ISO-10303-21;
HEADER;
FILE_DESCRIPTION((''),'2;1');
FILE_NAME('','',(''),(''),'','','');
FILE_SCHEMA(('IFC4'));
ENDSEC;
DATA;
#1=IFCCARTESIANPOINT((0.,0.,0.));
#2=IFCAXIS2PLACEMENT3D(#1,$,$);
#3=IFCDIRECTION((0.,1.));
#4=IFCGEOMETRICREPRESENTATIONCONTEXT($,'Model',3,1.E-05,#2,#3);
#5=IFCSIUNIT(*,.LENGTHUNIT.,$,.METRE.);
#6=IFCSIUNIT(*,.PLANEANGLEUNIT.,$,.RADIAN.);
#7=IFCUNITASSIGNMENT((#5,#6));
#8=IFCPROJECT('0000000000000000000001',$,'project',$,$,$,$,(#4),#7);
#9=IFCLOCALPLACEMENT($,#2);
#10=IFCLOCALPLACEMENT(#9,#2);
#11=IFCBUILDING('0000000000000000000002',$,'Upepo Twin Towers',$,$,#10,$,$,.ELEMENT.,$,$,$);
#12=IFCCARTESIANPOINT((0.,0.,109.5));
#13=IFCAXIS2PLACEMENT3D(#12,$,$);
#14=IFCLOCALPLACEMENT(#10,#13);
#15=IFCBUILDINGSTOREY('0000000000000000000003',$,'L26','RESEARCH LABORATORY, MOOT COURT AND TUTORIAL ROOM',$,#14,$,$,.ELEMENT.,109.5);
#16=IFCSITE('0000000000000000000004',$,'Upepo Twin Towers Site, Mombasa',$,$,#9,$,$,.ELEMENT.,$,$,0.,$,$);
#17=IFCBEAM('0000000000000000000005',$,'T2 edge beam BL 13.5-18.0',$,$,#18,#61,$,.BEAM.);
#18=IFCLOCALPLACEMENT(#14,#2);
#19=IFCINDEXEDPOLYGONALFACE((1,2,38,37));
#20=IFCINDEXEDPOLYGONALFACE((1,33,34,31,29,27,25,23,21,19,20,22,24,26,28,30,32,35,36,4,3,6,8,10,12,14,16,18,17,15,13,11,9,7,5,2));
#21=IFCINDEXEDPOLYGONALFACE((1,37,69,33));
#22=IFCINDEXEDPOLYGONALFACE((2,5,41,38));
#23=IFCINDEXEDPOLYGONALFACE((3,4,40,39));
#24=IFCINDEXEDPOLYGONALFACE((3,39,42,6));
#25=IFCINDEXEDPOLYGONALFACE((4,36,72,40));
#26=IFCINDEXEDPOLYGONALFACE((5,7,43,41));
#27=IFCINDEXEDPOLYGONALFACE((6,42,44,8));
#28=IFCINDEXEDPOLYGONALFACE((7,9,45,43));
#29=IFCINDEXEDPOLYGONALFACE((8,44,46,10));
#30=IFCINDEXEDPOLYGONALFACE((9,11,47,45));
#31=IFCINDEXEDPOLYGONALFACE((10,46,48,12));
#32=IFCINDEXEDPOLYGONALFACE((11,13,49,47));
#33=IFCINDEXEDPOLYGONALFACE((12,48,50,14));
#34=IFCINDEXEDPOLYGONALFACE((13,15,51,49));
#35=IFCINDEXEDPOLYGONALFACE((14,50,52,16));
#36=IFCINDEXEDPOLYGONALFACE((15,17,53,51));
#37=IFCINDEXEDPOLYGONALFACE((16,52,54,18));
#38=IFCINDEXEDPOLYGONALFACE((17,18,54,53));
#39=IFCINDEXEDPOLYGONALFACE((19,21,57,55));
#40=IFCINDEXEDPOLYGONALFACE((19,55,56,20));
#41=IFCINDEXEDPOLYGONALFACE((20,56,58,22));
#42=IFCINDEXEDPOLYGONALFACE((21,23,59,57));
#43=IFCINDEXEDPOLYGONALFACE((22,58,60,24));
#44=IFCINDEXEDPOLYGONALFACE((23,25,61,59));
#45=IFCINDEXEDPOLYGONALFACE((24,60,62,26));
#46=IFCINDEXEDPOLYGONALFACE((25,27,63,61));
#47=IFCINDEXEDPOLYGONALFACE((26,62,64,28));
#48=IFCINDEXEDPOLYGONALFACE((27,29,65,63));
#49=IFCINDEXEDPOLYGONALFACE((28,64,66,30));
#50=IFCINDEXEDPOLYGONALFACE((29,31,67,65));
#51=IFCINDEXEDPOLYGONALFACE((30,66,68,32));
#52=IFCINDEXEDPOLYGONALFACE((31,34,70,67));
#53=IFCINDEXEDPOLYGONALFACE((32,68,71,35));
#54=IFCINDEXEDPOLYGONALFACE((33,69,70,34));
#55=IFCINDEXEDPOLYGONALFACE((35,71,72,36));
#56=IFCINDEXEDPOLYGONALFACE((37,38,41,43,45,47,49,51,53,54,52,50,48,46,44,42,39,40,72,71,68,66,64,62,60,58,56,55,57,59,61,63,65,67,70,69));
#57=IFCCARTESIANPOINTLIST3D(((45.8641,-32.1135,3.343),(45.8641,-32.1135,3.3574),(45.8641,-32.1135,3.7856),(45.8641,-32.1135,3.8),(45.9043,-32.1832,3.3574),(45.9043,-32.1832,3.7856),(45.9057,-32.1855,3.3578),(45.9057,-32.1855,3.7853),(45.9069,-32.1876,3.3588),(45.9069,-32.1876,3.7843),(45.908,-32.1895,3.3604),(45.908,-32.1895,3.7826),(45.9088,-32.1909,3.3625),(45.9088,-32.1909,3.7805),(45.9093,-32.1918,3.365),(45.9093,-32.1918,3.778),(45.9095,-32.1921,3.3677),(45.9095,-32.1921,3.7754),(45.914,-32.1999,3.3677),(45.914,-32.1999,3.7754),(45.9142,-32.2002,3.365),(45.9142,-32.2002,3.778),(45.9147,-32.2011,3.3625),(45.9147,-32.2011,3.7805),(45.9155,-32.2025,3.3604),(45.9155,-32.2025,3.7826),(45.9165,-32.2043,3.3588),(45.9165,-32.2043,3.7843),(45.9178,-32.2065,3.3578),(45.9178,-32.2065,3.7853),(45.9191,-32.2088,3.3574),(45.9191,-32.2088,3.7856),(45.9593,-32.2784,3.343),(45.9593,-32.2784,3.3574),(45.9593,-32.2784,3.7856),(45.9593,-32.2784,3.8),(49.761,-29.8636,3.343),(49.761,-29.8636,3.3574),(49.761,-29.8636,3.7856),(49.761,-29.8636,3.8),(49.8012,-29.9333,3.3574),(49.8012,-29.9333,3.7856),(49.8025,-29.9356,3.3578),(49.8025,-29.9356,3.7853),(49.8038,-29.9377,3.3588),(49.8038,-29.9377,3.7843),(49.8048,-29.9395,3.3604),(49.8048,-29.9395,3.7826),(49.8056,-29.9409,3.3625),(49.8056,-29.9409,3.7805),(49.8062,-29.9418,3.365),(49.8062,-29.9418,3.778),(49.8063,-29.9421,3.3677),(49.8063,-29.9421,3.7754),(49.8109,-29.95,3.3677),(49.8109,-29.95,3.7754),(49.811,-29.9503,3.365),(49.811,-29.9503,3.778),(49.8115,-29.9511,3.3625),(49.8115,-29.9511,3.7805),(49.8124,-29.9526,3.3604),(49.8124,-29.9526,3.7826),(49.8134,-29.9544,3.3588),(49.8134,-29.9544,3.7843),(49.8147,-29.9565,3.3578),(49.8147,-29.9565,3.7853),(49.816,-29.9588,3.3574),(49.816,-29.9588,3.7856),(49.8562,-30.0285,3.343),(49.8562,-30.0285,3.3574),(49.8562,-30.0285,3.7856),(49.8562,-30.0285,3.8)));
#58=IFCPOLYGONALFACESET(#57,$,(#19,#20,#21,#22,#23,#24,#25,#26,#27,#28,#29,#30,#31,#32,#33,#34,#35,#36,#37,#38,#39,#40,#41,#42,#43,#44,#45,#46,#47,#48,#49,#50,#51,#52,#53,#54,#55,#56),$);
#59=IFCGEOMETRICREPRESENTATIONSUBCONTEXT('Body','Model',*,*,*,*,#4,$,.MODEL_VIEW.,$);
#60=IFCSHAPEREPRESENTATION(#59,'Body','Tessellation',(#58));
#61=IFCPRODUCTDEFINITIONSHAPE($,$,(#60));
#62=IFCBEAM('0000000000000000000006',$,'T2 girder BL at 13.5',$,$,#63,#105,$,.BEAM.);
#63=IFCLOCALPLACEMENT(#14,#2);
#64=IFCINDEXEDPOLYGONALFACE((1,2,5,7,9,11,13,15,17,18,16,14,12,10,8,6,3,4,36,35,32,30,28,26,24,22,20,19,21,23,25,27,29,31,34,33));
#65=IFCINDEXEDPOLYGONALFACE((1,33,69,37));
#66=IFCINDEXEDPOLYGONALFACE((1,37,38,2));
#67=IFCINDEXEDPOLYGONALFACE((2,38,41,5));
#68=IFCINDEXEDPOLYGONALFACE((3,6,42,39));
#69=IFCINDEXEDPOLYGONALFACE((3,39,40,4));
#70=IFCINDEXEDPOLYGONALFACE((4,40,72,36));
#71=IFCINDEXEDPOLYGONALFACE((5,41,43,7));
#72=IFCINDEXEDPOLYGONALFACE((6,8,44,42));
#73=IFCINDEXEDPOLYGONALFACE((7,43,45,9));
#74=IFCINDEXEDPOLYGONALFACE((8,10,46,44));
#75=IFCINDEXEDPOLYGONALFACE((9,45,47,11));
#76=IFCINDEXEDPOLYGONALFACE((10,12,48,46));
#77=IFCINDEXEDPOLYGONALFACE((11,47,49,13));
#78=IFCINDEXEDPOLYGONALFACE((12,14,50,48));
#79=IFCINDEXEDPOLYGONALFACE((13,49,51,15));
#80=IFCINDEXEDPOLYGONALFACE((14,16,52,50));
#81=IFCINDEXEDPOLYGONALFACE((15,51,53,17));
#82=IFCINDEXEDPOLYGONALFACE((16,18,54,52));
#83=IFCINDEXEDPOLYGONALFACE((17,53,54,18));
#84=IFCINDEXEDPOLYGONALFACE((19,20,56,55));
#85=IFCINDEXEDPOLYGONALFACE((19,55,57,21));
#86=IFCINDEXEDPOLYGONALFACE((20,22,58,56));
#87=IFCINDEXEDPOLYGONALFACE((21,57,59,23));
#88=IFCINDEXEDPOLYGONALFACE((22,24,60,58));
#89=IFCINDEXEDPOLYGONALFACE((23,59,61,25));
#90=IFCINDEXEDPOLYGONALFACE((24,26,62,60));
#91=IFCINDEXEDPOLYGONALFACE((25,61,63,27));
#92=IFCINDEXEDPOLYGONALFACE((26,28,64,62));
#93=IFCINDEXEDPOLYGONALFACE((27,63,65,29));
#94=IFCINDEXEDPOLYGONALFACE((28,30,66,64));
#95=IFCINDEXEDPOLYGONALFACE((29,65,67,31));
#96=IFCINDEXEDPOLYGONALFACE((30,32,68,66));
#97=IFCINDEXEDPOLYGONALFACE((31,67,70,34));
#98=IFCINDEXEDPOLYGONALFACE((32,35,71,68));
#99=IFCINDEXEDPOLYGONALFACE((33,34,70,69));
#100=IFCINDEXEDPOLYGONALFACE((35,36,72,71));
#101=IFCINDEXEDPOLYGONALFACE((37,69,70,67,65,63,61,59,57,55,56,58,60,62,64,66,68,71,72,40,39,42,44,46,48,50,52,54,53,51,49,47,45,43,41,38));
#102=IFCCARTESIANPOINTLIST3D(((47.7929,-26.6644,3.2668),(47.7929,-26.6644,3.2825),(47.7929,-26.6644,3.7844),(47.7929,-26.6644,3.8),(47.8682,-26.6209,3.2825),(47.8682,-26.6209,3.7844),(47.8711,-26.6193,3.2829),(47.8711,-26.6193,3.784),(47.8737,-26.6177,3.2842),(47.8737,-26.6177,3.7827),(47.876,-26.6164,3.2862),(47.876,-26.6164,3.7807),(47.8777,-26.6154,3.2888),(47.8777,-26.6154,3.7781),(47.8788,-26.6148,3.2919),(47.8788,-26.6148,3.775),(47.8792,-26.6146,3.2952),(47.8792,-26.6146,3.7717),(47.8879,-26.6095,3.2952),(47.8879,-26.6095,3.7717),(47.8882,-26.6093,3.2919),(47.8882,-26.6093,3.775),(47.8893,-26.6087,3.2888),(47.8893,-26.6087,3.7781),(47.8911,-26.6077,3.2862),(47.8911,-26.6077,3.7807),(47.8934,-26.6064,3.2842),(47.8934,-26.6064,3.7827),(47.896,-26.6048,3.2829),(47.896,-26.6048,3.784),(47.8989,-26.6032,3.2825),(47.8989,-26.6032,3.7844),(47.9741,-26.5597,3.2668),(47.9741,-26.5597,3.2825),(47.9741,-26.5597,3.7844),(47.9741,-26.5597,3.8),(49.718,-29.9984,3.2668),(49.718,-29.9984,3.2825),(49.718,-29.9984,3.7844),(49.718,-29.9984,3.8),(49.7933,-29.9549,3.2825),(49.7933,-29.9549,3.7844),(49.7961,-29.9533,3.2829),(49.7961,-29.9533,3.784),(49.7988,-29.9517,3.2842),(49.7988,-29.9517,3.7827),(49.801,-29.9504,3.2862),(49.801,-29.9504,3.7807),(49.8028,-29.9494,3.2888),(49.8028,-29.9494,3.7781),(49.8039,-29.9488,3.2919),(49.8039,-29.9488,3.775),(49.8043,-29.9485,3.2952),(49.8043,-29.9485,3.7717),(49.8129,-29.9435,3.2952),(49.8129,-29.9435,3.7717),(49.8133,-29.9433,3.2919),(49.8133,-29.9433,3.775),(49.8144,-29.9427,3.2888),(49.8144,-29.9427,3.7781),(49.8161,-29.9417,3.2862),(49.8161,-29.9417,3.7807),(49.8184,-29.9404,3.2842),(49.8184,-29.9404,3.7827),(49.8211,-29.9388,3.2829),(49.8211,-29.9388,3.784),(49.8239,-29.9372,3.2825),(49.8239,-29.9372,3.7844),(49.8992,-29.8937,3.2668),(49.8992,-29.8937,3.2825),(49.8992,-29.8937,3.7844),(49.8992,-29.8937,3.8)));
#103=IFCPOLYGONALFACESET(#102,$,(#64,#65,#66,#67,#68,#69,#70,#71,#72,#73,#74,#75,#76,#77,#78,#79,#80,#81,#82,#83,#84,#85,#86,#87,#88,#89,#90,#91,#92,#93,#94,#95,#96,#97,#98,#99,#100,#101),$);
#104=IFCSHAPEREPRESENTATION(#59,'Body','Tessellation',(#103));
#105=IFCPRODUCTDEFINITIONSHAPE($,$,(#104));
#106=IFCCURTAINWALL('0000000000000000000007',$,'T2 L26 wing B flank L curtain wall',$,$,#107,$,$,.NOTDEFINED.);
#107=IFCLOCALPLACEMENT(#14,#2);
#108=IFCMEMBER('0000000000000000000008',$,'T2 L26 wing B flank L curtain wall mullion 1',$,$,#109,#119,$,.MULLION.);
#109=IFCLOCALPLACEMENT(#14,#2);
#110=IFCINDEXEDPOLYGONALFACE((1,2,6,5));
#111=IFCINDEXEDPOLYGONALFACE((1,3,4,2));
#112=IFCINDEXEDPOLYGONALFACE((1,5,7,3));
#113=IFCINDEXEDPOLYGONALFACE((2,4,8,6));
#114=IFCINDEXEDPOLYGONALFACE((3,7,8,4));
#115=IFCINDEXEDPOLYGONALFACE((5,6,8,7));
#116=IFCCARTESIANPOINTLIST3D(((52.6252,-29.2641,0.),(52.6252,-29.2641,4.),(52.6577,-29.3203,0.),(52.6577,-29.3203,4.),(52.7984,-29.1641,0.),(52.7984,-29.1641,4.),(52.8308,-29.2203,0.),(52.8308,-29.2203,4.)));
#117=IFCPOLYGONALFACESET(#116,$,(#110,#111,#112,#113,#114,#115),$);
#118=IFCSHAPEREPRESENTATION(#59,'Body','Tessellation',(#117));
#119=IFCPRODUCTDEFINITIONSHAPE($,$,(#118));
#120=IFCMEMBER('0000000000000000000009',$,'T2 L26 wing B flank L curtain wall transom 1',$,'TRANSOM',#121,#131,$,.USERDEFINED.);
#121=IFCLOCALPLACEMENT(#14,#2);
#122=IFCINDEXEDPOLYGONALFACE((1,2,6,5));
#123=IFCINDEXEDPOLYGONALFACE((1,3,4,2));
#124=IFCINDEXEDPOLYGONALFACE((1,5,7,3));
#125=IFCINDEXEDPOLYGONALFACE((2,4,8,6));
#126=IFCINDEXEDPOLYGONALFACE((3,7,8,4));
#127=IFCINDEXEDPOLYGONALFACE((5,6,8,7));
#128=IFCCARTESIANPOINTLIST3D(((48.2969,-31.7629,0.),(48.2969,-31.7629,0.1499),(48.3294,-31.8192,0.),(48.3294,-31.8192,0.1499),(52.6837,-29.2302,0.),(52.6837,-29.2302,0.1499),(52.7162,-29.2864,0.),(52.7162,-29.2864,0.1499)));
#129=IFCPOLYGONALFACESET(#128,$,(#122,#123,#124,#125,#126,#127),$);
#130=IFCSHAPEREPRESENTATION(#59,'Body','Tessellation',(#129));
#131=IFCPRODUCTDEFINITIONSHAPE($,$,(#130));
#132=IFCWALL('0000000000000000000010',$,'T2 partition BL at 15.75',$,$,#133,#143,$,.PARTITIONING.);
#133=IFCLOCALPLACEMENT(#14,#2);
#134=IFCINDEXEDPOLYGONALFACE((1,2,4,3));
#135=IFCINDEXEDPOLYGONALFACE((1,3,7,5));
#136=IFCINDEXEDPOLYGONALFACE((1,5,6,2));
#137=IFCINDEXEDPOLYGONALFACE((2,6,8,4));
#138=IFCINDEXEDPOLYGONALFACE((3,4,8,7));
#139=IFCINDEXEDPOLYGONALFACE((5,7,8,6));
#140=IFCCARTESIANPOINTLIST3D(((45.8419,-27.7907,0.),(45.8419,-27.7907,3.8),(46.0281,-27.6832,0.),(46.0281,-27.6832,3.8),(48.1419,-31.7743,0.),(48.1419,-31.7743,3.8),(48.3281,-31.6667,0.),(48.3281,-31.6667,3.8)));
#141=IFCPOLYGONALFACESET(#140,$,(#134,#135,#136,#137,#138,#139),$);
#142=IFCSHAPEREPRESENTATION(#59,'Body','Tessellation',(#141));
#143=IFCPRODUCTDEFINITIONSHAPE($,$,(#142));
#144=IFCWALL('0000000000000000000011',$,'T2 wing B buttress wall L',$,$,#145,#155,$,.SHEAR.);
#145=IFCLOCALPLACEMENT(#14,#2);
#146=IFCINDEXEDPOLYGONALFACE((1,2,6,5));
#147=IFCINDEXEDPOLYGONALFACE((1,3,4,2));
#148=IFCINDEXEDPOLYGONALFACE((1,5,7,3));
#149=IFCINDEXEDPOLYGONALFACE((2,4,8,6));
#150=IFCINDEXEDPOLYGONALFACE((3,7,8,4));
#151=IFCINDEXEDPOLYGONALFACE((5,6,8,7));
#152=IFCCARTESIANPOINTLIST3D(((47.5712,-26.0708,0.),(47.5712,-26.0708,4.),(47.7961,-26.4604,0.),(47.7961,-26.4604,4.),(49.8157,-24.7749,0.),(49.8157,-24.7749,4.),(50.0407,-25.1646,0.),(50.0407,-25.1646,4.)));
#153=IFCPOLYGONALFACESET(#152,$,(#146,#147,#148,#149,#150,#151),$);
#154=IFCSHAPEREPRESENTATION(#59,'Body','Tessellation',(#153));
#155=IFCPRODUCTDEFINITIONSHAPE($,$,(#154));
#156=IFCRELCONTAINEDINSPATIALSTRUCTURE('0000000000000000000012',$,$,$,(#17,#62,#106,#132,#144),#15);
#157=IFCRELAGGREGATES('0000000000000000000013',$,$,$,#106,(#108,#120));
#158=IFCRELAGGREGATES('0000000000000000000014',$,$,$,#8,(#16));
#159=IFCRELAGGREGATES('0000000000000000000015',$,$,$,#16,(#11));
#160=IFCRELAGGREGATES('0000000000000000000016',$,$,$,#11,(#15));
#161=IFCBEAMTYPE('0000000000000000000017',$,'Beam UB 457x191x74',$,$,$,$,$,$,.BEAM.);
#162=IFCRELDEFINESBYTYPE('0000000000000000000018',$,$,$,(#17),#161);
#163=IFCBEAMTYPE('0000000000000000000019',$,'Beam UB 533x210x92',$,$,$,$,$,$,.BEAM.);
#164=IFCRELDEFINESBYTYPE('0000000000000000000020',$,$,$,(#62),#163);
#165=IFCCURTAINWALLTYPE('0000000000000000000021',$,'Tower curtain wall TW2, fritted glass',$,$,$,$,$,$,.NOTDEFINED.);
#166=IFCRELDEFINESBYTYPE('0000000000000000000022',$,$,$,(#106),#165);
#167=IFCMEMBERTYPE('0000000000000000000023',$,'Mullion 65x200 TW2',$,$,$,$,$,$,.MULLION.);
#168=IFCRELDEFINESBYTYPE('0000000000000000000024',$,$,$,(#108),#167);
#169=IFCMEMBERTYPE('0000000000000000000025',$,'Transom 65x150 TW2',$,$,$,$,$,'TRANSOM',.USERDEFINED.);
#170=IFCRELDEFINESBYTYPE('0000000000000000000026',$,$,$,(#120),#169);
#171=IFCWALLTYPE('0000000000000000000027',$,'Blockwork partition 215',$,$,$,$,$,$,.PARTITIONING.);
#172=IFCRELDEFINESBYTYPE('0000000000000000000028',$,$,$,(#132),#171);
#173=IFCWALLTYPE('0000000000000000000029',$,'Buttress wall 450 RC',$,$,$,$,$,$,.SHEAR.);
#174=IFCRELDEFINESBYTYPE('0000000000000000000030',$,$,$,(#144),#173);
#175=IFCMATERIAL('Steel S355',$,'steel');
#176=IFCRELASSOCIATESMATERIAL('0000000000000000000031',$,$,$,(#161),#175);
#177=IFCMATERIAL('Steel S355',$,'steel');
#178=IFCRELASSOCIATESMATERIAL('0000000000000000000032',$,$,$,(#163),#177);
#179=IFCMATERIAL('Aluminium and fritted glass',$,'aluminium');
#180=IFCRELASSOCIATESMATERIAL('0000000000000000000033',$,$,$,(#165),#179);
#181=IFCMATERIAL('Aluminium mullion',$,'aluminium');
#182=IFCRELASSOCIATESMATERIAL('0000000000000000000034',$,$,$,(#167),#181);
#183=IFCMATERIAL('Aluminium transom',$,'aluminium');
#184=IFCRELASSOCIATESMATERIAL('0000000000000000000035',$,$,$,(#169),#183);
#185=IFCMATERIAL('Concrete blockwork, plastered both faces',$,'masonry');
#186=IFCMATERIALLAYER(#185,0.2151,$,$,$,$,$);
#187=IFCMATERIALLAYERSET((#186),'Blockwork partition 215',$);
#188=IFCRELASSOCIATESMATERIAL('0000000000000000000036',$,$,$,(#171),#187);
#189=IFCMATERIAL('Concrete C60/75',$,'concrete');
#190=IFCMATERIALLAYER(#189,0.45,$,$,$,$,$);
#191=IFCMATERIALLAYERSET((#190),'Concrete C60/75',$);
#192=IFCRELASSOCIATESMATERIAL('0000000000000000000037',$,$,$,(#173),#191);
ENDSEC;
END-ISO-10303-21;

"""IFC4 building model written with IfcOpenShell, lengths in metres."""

from ifc_helpers import new_model, si_unit, direction, frame, frame_2d, origin, origin_2d, place, context, subcontext, project, spatial, rectangle, i_section, extrude, material, layer, layer_set, material_profile, profile_set, type_object, element, aggregate, save


model = new_model("IFC4")

# Units and contexts
model_context = context("Model", 3, precision=1e-05, world=origin(), true_north=direction((0.0, 1.0)))
body_context = subcontext(model_context, "Body", "Model", "MODEL_VIEW")
ifc_project = project(units=[si_unit("LENGTHUNIT", "METRE"), si_unit("PLANEANGLEUNIT", "RADIAN")], contexts=[model_context])

# Site, building, storey
site_placement = place(None, origin())
site = spatial("IfcSite", under=ifc_project, at=site_placement, Name="Upepo Twin Towers Site, Mombasa", CompositionType="ELEMENT", RefElevation=0.0)
building_placement = place(site_placement, origin())
building = spatial("IfcBuilding", under=site, at=building_placement, Name="Upepo Twin Towers", CompositionType="ELEMENT")
storey_placement = place(building_placement, frame((0.0, 0.0, 109.5)))
storey = spatial("IfcBuildingStorey", under=building, at=storey_placement, Name="L26", Description="RESEARCH LABORATORY, MOOT COURT AND TUTORIAL ROOM", CompositionType="ELEMENT", Elevation=109.5)

# Beams
ifc_material_1 = material(Name="Steel S355", Category="steel")
ifc_material_profile_1 = material_profile(ifc_material_1, i_section(OverallWidth=0.1904, OverallDepth=0.457, WebThickness=0.009, FlangeThickness=0.0144, FilletRadius=0.0103, at=origin_2d()), Name="UB 457x191x74")
ifc_profile_set_1 = profile_set([ifc_material_profile_1], Name="Steel S355")
beam_type_1 = type_object("IfcBeamType", Name="Beam UB 457x191x74", PredefinedType="BEAM", material=ifc_profile_set_1)
beam_1_placement = place(storey_placement, frame((49.8086, -29.946, 3.5715), z_axis=(-0.866018, -0.500014, 0.0), x_axis=(0.500014, -0.866018, 0.0)))
element("IfcBeam", 1, at=beam_1_placement, inside=storey, type_object=beam_type_1, Name="T2 edge beam BL 13.5-18.0", PredefinedType="BEAM", context=body_context, shape_type="SweptSolid", body=[
    extrude(i_section(OverallWidth=0.1904, OverallDepth=0.457, WebThickness=0.009, FlangeThickness=0.0144, FilletRadius=0.0103, at=origin_2d()), origin(), (0.0, 0.0, 1.0), 4.4998),
])
ifc_material_2 = material(Name="Steel S355", Category="steel")
ifc_material_profile_2 = material_profile(ifc_material_2, i_section(OverallWidth=0.2092, OverallDepth=0.5332, WebThickness=0.01, FlangeThickness=0.0156, FilletRadius=0.0127, at=origin_2d()), Name="UB 533x210x92")
ifc_profile_set_2 = profile_set([ifc_material_profile_2], Name="Steel S355")
beam_type_2 = type_object("IfcBeamType", Name="Beam UB 533x210x92", PredefinedType="BEAM", material=ifc_profile_set_2)
beam_2_placement = place(storey_placement, frame((49.8086, -29.946, 3.5334), z_axis=(-0.500034, 0.866006, 0.0), x_axis=(-0.866006, -0.500034, 0.0)))
element("IfcBeam", 2, at=beam_2_placement, inside=storey, type_object=beam_type_2, Name="T2 girder BL at 13.5", PredefinedType="BEAM", context=body_context, shape_type="SweptSolid", body=[
    extrude(i_section(OverallWidth=0.2092, OverallDepth=0.5332, WebThickness=0.01, FlangeThickness=0.0156, FilletRadius=0.0127, at=origin_2d()), origin(), (0.0, 0.0, 1.0), 3.8499),
])

# Curtain wall, members
ifc_material_3 = material(Name="Aluminium and fritted glass", Category="aluminium")
curtain_wall_type = type_object("IfcCurtainWallType", Name="Tower curtain wall TW2, fritted glass", PredefinedType="NOTDEFINED", material=ifc_material_3)
curtain_wall_placement = place(storey_placement, origin())
curtain_wall = element("IfcCurtainWall", 3, at=curtain_wall_placement, inside=storey, type_object=curtain_wall_type, Name="T2 L26 wing B flank L curtain wall", PredefinedType="NOTDEFINED")
ifc_material_4 = material(Name="Aluminium mullion", Category="aluminium")
ifc_material_profile_3 = material_profile(ifc_material_4, rectangle(XDim=0.0649, YDim=0.2, at=origin_2d()), Name="MULLION 65x200")
ifc_profile_set_3 = profile_set([ifc_material_profile_3], Name="Aluminium mullion")
member_type_1 = type_object("IfcMemberType", Name="Mullion 65x200 TW2", PredefinedType="MULLION", material=ifc_profile_set_3)
member_1_placement = place(storey_placement, frame((52.728, -29.2422, 0.0), z_axis=(0.0, 0.0, 1.0), x_axis=(0.5, -0.866025, 0.0)))
member_1 = element("IfcMember", 4, at=member_1_placement, type_object=member_type_1, Name="T2 L26 wing B flank L curtain wall mullion 1", PredefinedType="MULLION", context=body_context, shape_type="SweptSolid", body=[
    extrude(rectangle(XDim=0.0649, YDim=0.2, at=origin_2d()), origin(), (0.0, 0.0, 1.0), 4.0),
])
ifc_material_5 = material(Name="Aluminium transom", Category="aluminium")
ifc_material_profile_4 = material_profile(ifc_material_5, rectangle(XDim=0.0649, YDim=0.1499, at=origin_2d()), Name="TRANSOM 65x150")
ifc_profile_set_4 = profile_set([ifc_material_profile_4], Name="Aluminium transom")
member_type_2 = type_object("IfcMemberType", Name="Transom 65x150 TW2", ElementType="TRANSOM", PredefinedType="USERDEFINED", material=ifc_profile_set_4)
member_2_placement = place(storey_placement, frame((52.7, -29.2583, 0.075), z_axis=(-0.866022, -0.500006, 0.0), x_axis=(0.500006, -0.866022, 0.0)))
member_2 = element("IfcMember", 5, at=member_2_placement, type_object=member_type_2, Name="T2 L26 wing B flank L curtain wall transom 1", ObjectType="TRANSOM", PredefinedType="USERDEFINED", context=body_context, shape_type="SweptSolid", body=[
    extrude(rectangle(XDim=0.0649, YDim=0.1499, at=origin_2d()), origin(), (0.0, 0.0, 1.0), 5.0654),
])
aggregate(curtain_wall, [member_1, member_2])

# Walls
ifc_material_6 = material(Name="Concrete blockwork, plastered both faces", Category="masonry")
ifc_layer_1 = layer(ifc_material_6, 0.2151)
ifc_layer_set_1 = layer_set([ifc_layer_1], Name="Blockwork partition 215")
wall_type_1 = type_object("IfcWallType", Name="Blockwork partition 215", PredefinedType="PARTITIONING", material=ifc_layer_set_1)
wall_1_placement = place(storey_placement, frame((45.9351, -27.7371, 0.0), z_axis=(0.0, 0.0, 1.0), x_axis=(0.500015, -0.866017, 0.0)))
element("IfcWall", 6, at=wall_1_placement, inside=storey, type_object=wall_type_1, Name="T2 partition BL at 15.75", PredefinedType="PARTITIONING", context=body_context, shape_type="SweptSolid", body=[
    extrude(rectangle(XDim=4.5999, YDim=0.2151, at=frame_2d((2.2998, 0.0))), origin(), (0.0, 0.0, 1.0), 3.8),
])
ifc_material_7 = material(Name="Concrete C60/75", Category="concrete")
ifc_layer_2 = layer(ifc_material_7, 0.45)
ifc_layer_set_2 = layer_set([ifc_layer_2], Name="Concrete C60/75")
wall_type_2 = type_object("IfcWallType", Name="Buttress wall 450 RC", PredefinedType="SHEAR", material=ifc_layer_set_2)
wall_2_placement = place(storey_placement, frame((49.9282, -24.9697, 0.0), z_axis=(0.0, 0.0, 1.0), x_axis=(-0.866032, -0.499989, 0.0)))
element("IfcWall", 7, at=wall_2_placement, inside=storey, type_object=wall_type_2, Name="T2 wing B buttress wall L", PredefinedType="SHEAR", context=body_context, shape_type="SweptSolid", body=[
    extrude(rectangle(XDim=2.5918, YDim=0.45, at=frame_2d((1.2959, 0.0))), origin(), (0.0, 0.0, 1.0), 4.0),
])

save(model, "model.ifc")
